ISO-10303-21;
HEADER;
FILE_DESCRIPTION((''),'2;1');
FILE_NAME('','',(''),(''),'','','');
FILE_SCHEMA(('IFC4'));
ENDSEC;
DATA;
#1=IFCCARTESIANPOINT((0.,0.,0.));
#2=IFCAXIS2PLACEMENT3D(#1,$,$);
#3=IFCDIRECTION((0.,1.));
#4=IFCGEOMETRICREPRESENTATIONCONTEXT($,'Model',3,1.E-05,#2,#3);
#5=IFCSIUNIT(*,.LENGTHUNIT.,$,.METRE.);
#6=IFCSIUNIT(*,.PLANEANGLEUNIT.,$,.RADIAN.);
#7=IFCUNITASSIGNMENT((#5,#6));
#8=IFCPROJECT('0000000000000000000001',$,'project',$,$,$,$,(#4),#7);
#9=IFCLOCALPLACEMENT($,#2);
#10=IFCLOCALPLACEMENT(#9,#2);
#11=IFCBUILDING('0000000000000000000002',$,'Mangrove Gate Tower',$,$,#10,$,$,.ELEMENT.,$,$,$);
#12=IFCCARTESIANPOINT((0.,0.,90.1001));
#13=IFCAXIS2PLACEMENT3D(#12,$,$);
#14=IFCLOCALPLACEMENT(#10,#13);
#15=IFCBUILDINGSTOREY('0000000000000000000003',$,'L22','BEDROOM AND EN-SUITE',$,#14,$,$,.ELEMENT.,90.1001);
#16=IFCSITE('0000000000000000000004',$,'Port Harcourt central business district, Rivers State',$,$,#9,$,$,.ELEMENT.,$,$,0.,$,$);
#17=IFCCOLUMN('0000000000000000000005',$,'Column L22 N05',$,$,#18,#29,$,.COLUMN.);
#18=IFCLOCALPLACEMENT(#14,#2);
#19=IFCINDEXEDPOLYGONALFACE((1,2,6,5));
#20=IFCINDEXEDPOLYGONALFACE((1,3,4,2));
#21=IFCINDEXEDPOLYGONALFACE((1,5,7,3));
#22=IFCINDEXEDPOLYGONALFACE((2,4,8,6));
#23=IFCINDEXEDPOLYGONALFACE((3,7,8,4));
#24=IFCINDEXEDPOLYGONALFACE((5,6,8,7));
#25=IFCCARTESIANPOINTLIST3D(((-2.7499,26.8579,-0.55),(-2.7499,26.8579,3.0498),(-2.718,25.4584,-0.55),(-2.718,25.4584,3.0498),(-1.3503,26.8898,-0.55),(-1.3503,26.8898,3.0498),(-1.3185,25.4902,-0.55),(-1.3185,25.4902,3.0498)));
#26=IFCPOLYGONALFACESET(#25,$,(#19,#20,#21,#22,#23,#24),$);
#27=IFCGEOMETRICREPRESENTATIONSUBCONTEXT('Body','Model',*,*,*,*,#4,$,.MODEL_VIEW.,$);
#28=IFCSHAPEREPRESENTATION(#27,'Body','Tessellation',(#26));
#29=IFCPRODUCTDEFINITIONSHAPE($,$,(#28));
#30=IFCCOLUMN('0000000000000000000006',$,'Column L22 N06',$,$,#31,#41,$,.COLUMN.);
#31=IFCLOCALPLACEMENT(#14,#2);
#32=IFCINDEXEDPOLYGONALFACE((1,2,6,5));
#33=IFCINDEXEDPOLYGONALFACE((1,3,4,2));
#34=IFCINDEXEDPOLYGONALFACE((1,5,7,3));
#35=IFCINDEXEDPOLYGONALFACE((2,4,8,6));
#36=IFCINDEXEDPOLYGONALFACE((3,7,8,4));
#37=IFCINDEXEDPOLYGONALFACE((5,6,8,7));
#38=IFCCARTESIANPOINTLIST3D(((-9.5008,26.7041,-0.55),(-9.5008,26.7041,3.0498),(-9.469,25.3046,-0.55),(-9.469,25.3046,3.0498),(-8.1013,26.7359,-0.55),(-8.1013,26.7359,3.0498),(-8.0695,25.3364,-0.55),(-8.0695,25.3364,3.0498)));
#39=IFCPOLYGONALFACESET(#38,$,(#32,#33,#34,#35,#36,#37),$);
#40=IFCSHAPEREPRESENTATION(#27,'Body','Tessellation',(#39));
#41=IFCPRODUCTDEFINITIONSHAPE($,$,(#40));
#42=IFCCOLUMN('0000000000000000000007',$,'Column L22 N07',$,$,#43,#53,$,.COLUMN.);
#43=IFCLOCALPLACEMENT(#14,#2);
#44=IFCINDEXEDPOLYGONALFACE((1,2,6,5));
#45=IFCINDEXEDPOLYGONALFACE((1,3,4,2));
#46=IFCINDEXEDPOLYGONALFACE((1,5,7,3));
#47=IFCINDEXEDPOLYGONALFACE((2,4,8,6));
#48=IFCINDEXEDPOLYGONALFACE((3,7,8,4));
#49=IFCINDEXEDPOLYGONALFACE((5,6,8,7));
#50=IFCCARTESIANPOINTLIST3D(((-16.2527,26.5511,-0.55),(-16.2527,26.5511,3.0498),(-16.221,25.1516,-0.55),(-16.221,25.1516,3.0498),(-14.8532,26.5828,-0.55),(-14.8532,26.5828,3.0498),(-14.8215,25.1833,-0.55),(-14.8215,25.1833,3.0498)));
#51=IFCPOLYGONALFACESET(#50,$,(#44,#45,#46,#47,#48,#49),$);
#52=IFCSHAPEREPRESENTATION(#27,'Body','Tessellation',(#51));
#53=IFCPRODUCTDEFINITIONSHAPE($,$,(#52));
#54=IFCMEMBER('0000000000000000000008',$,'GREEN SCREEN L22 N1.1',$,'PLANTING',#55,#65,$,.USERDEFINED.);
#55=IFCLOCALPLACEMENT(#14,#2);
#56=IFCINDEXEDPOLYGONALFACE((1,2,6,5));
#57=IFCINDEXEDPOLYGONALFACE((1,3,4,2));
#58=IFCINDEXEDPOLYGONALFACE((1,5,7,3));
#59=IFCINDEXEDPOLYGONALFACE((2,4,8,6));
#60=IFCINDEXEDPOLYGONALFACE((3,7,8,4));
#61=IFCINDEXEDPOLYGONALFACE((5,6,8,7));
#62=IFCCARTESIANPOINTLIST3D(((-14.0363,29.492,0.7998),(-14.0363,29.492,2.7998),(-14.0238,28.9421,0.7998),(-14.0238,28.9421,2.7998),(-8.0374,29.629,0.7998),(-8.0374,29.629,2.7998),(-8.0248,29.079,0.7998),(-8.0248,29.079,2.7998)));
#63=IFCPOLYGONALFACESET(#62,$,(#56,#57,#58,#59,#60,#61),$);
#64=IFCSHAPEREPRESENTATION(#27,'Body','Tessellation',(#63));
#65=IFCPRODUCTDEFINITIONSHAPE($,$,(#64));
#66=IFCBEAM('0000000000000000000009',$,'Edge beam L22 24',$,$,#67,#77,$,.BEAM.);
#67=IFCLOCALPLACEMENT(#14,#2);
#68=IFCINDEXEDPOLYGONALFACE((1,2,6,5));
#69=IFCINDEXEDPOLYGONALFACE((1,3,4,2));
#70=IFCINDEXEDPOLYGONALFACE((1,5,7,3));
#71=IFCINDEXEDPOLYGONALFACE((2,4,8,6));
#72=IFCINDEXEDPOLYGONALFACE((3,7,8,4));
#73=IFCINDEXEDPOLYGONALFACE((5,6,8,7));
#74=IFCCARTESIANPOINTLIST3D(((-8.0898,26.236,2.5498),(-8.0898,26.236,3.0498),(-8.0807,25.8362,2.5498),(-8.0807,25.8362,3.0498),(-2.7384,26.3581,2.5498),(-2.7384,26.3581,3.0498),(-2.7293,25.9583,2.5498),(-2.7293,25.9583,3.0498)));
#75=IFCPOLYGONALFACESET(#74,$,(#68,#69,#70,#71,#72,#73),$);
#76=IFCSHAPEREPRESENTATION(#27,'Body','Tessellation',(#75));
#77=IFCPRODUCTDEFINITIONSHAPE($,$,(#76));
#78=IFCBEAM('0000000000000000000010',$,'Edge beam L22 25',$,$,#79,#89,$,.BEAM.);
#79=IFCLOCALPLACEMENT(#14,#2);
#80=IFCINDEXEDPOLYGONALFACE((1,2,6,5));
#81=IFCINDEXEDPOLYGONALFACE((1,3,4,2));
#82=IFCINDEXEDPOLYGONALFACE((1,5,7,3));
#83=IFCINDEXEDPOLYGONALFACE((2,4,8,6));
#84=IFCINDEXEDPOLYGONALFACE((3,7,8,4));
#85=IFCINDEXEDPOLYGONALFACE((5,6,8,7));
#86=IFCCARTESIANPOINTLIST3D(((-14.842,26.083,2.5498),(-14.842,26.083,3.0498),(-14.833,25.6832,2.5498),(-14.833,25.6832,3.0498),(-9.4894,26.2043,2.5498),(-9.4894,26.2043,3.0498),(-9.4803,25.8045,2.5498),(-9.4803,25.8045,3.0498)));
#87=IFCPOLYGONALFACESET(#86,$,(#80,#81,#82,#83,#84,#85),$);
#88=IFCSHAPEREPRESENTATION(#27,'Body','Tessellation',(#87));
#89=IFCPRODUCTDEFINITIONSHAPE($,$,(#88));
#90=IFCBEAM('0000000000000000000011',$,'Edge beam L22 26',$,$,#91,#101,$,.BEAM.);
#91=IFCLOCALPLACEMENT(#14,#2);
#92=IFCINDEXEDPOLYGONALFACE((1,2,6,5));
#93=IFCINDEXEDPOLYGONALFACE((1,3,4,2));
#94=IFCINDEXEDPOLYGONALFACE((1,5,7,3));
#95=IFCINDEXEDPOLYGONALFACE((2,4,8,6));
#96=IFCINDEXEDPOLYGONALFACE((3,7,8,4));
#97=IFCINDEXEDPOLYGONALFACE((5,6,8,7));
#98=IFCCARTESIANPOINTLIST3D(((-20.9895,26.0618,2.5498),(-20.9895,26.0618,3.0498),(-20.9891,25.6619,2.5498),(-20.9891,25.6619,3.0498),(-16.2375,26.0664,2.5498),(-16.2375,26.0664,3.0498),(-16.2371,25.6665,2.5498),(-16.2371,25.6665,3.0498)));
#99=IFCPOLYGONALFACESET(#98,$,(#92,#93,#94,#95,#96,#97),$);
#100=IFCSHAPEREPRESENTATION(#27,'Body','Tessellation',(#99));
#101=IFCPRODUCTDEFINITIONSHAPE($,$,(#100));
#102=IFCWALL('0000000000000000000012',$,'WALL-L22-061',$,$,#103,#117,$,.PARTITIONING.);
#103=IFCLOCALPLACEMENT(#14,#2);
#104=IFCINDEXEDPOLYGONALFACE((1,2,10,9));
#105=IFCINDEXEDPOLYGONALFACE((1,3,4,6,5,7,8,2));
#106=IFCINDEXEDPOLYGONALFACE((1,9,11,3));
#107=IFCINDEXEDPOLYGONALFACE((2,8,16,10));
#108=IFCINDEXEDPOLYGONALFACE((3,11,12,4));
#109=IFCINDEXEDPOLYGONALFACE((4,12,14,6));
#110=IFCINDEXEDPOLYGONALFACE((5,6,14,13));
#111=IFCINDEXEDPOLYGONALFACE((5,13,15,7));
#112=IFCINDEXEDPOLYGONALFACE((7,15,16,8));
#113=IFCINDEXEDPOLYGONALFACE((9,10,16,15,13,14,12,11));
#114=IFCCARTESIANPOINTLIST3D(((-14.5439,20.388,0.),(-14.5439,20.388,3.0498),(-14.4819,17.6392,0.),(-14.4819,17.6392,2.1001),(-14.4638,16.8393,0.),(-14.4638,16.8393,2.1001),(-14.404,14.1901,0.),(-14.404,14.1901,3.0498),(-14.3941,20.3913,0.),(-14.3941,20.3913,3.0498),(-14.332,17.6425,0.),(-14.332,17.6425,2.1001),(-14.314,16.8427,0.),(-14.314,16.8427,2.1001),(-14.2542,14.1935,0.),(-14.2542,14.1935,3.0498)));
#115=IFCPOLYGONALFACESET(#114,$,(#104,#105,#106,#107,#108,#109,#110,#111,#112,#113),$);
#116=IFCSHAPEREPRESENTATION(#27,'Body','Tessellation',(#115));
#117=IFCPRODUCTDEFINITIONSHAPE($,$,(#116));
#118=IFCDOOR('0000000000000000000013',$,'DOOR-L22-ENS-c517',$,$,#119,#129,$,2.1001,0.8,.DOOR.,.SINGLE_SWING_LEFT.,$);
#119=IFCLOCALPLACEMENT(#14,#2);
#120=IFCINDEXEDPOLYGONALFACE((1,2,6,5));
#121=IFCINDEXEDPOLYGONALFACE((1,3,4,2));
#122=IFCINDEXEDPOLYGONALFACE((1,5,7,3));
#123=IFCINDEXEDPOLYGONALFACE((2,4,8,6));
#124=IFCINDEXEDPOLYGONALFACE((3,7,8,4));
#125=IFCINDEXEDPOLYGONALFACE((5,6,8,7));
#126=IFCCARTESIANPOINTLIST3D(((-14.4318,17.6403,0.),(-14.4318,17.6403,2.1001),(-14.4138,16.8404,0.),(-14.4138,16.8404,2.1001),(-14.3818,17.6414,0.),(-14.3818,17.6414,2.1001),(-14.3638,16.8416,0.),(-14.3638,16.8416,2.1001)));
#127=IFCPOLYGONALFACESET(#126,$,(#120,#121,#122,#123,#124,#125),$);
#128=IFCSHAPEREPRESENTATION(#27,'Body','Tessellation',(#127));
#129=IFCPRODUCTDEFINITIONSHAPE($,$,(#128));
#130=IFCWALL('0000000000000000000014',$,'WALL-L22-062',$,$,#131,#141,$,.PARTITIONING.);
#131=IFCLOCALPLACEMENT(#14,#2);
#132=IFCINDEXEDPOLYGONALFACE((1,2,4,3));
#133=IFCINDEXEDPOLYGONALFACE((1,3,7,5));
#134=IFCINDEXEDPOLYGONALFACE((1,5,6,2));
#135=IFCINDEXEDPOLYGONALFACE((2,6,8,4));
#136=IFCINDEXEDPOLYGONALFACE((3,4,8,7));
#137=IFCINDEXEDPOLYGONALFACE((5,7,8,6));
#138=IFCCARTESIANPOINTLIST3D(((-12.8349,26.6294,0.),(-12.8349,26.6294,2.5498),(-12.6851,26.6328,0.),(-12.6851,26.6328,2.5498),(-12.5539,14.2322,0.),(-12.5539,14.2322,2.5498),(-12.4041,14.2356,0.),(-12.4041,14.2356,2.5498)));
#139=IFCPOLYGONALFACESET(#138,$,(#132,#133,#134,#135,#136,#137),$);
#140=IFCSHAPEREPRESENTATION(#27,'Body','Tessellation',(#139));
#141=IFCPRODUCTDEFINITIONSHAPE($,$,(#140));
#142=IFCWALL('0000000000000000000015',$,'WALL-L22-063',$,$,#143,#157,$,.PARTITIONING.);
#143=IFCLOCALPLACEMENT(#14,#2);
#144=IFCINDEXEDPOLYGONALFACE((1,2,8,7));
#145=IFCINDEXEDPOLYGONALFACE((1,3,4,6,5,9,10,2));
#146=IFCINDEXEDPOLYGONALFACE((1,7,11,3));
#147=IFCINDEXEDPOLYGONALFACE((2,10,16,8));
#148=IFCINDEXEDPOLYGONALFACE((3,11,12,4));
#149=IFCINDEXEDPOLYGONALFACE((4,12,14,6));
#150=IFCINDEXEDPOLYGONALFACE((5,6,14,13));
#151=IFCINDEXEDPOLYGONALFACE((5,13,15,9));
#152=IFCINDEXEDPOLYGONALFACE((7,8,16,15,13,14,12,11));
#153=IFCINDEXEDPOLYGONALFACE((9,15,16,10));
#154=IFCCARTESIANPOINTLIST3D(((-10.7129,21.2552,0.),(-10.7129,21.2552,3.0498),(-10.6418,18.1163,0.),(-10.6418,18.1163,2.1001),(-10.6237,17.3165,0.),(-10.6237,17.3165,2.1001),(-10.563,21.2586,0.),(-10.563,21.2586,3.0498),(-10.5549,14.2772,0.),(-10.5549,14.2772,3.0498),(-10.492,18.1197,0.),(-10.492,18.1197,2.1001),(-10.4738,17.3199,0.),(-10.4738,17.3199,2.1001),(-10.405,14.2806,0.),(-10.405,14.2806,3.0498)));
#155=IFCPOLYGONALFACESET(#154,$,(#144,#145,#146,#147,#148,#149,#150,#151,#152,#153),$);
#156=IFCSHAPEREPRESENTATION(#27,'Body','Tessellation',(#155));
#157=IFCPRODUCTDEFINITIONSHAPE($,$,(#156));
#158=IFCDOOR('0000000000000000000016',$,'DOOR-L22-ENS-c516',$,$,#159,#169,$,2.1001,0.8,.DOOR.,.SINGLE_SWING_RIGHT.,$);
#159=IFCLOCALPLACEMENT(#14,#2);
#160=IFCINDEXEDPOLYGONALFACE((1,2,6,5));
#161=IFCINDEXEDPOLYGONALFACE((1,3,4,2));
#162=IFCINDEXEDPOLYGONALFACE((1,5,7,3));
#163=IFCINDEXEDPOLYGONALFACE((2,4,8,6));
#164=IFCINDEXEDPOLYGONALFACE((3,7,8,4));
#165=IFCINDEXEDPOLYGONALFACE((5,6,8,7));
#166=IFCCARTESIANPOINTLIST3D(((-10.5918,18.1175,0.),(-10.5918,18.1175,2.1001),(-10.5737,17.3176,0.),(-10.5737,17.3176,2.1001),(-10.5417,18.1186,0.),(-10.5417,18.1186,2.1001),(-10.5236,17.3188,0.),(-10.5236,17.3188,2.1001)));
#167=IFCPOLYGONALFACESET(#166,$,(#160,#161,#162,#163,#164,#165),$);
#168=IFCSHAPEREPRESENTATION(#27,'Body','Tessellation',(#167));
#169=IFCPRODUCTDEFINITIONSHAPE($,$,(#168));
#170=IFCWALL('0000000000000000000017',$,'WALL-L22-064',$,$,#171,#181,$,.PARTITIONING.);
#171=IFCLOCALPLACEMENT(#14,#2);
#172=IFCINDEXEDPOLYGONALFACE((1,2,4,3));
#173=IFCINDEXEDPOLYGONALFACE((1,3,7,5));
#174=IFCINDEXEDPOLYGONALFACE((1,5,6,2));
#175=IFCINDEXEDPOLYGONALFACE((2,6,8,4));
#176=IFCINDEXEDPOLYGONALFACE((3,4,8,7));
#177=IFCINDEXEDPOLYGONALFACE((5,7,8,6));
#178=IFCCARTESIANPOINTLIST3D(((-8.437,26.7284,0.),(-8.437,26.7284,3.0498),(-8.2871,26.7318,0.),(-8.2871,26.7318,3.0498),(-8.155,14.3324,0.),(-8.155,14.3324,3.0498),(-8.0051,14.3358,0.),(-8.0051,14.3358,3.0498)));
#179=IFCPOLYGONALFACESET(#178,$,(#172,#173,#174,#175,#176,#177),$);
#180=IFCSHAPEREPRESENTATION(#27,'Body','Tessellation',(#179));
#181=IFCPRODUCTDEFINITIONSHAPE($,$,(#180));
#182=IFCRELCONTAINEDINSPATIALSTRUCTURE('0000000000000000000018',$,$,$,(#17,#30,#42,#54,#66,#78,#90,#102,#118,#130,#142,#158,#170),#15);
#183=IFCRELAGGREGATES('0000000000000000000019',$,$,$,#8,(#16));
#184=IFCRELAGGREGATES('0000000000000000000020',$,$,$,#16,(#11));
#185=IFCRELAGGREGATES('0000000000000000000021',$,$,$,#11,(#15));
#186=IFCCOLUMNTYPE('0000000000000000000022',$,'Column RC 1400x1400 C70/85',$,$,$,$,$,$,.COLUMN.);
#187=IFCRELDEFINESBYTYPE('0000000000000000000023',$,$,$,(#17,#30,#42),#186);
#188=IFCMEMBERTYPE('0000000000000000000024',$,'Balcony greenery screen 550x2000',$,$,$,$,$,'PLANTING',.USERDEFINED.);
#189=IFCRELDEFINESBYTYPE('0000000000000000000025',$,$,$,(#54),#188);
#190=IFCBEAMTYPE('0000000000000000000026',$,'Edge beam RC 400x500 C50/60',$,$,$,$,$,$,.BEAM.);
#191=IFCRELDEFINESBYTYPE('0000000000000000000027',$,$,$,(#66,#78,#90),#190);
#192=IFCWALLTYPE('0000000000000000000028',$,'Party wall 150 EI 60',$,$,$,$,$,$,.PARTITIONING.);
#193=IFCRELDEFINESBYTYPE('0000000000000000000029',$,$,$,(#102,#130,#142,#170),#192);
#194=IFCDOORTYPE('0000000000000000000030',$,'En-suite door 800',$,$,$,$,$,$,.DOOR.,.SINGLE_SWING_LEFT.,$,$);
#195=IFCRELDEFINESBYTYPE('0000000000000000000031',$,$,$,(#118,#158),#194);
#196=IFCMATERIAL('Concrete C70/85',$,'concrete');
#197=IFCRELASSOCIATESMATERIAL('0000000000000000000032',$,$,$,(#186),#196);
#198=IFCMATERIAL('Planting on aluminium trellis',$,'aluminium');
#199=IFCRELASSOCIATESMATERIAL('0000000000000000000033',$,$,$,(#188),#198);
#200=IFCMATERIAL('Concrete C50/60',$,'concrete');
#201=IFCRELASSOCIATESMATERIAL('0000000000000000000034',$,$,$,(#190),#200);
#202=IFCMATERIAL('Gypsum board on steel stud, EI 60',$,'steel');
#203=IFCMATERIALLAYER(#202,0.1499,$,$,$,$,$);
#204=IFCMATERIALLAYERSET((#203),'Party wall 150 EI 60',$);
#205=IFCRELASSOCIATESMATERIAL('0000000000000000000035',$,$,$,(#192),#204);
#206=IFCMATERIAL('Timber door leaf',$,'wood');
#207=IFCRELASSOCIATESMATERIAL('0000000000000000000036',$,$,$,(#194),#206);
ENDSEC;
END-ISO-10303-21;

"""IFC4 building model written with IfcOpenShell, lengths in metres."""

from ifc_helpers import new_model, si_unit, direction, frame, frame_2d, origin, origin_2d, place, context, subcontext, project, spatial, rectangle, extrude, material, layer, layer_set, material_profile, profile_set, type_object, element, fill, save


model = new_model("IFC4")

# Units and contexts
model_context = context("Model", 3, precision=1e-05, world=origin(), true_north=direction((0.0, 1.0)))
body_context = subcontext(model_context, "Body", "Model", "MODEL_VIEW")
ifc_project = project(units=[si_unit("LENGTHUNIT", "METRE"), si_unit("PLANEANGLEUNIT", "RADIAN")], contexts=[model_context])

# Site, building, storey
site_placement = place(None, origin())
site = spatial("IfcSite", under=ifc_project, at=site_placement, Name="Port Harcourt central business district, Rivers State", CompositionType="ELEMENT", RefElevation=0.0)
building_placement = place(site_placement, origin())
building = spatial("IfcBuilding", under=site, at=building_placement, Name="Mangrove Gate Tower", CompositionType="ELEMENT")
storey_placement = place(building_placement, frame((0.0, 0.0, 90.1001)))
storey = spatial("IfcBuildingStorey", under=building, at=storey_placement, Name="L22", Description="BEDROOM AND EN-SUITE", CompositionType="ELEMENT", Elevation=90.1001)

# Columns
ifc_material_1 = material(Name="Concrete C70/85", Category="concrete")
ifc_material_profile_1 = material_profile(ifc_material_1, rectangle(XDim=1.3999, YDim=1.3999, at=origin_2d()))
ifc_profile_set_1 = profile_set([ifc_material_profile_1], Name="Concrete C70/85")
column_type = type_object("IfcColumnType", Name="Column RC 1400x1400 C70/85", PredefinedType="COLUMN", material=ifc_profile_set_1)
for number, where, z_axis, x_axis, name in (
    (1, (-2.0342, 26.1741, -0.55), (0.0, 0.0, 1.0), (-0.999742, -0.02273, 0.0), "Column L22 N05"),
    (2, (-8.7852, 26.0203, -0.55), (0.0, 0.0, 1.0), (-0.999742, -0.02273, 0.0), "Column L22 N06"),
    (3, (-15.5371, 25.8672, -0.55), (0.0, 0.0, 1.0), (-0.999743, -0.022656, 0.0), "Column L22 N07"),
):
    element("IfcColumn", number, at=place(storey_placement, frame(where, z_axis=z_axis, x_axis=x_axis)), inside=storey, type_object=column_type, Name=name, PredefinedType="COLUMN", context=body_context, shape_type="SweptSolid", body=[
        extrude(rectangle(XDim=1.3999, YDim=1.3999, at=origin_2d()), origin(), (0.0, 0.0, 1.0), 3.5999),
    ])

# Member
ifc_material_2 = material(Name="Planting on aluminium trellis", Category="aluminium")
ifc_material_profile_2 = material_profile(ifc_material_2, rectangle(XDim=0.55, YDim=2.0, at=origin_2d()))
ifc_profile_set_2 = profile_set([ifc_material_profile_2], Name="Planting on aluminium trellis")
member_type = type_object("IfcMemberType", Name="Balcony greenery screen 550x2000", ElementType="PLANTING", PredefinedType="USERDEFINED", material=ifc_profile_set_2)
member_placement = place(storey_placement, frame((-14.03, 29.217, 1.7998), z_axis=(0.999739, 0.022825, 0.0), x_axis=(-0.022825, 0.999739, 0.0)))
element("IfcMember", 4, at=member_placement, inside=storey, type_object=member_type, Name="GREEN SCREEN L22 N1.1", ObjectType="PLANTING", PredefinedType="USERDEFINED", context=body_context, shape_type="SweptSolid", body=[
    extrude(rectangle(XDim=0.55, YDim=2.0, at=origin_2d()), origin(), (0.0, 0.0, 1.0), 6.0005),
])

# Beams
ifc_material_3 = material(Name="Concrete C50/60", Category="concrete")
ifc_material_profile_3 = material_profile(ifc_material_3, rectangle(XDim=0.3999, YDim=0.5, at=origin_2d()))
ifc_profile_set_3 = profile_set([ifc_material_profile_3], Name="Concrete C50/60")
beam_type = type_object("IfcBeamType", Name="Edge beam RC 400x500 C50/60", PredefinedType="BEAM", material=ifc_profile_set_3)
beam_1_placement = place(storey_placement, frame((-2.7339, 26.1582, 2.7998), z_axis=(-0.99974, -0.022805, 0.0), x_axis=(0.022805, -0.99974, 0.0)))
element("IfcBeam", 5, at=beam_1_placement, inside=storey, type_object=beam_type, Name="Edge beam L22 24", PredefinedType="BEAM", context=body_context, shape_type="SweptSolid", body=[
    extrude(rectangle(XDim=0.3999, YDim=0.5, at=origin_2d()), origin(), (0.0, 0.0, 1.0), 5.3528),
])
beam_2_placement = place(storey_placement, frame((-9.4849, 26.0044, 2.7998), z_axis=(-0.999743, -0.022663, 0.0), x_axis=(0.022663, -0.999743, 0.0)))
element("IfcBeam", 6, at=beam_2_placement, inside=storey, type_object=beam_type, Name="Edge beam L22 25", PredefinedType="BEAM", context=body_context, shape_type="SweptSolid", body=[
    extrude(rectangle(XDim=0.3999, YDim=0.5, at=origin_2d()), origin(), (0.0, 0.0, 1.0), 5.354),
])
beam_3_placement = place(storey_placement, frame((-16.2373, 25.8665, 2.7998), z_axis=(-1.0, -0.000976, 0.0), x_axis=(0.000976, -1.0, 0.0)))
element("IfcBeam", 7, at=beam_3_placement, inside=storey, type_object=beam_type, Name="Edge beam L22 26", PredefinedType="BEAM", context=body_context, shape_type="SweptSolid", body=[
    extrude(rectangle(XDim=0.3999, YDim=0.5, at=origin_2d()), origin(), (0.0, 0.0, 1.0), 4.752),
])

# Wall, opening, door
ifc_material_4 = material(Name="Gypsum board on steel stud, EI 60", Category="steel")
ifc_layer_1 = layer(ifc_material_4, 0.1499)
ifc_layer_set_1 = layer_set([ifc_layer_1], Name="Party wall 150 EI 60")
wall_type_1 = type_object("IfcWallType", Name="Party wall 150 EI 60", PredefinedType="PARTITIONING", material=ifc_layer_set_1)
wall_1_placement = place(storey_placement, frame((-14.3291, 14.1919, 0.0), z_axis=(0.0, 0.0, 1.0), x_axis=(-0.022565, 0.999745, 0.0)))
wall_1 = element("IfcWall", 8, at=wall_1_placement, inside=storey, type_object=wall_type_1, Name="WALL-L22-061", PredefinedType="PARTITIONING", context=body_context, shape_type="SweptSolid", body=[
    extrude(rectangle(XDim=6.1995, YDim=0.1499, at=frame_2d((3.0996, 0.0))), origin(), (0.0, 0.0, 1.0), 3.0498),
])
opening_1_placement = place(wall_1_placement, frame((2.6499, 0.0, 0.0)))
opening_1 = element("IfcOpeningElement", 9, at=opening_1_placement, cuts=wall_1, PredefinedType="OPENING", context=body_context, shape_type="SweptSolid", body=[
    extrude(rectangle(XDim=0.8, YDim=2.1001, at=frame_2d((0.3999, 1.05))), frame((0.0, 0.085, 0.0), z_axis=(0.0, -1.0, 0.0), x_axis=(1.0, 0.0, 0.0)), (0.0, 0.0, 1.0), 0.1699),
])
ifc_material_5 = material(Name="Timber door leaf", Category="wood")
door_type = type_object("IfcDoorType", Name="En-suite door 800", OperationType="SINGLE_SWING_LEFT", PredefinedType="DOOR", material=ifc_material_5)
door_1_placement = place(opening_1_placement, origin())
door_1 = element("IfcDoor", 10, at=door_1_placement, inside=storey, type_object=door_type, Name="DOOR-L22-ENS-c517", OperationType="SINGLE_SWING_LEFT", OverallHeight=2.1001, OverallWidth=0.8, PredefinedType="DOOR", context=body_context, shape_type="SweptSolid", body=[
    extrude(rectangle(XDim=0.8, YDim=2.1001, at=frame_2d((0.3999, 1.05))), frame((0.0, 0.0249, 0.0), z_axis=(0.0, -1.0, 0.0), x_axis=(1.0, 0.0, 0.0)), (0.0, 0.0, 1.0), 0.05),
])
fill(opening_1, door_1)

# Wall
wall_2_placement = place(storey_placement, frame((-12.479, 14.2339, 0.0), z_axis=(0.0, 0.0, 1.0), x_axis=(-0.022661, 0.999743, 0.0)))
element("IfcWall", 11, at=wall_2_placement, inside=storey, type_object=wall_type_1, Name="WALL-L22-062", PredefinedType="PARTITIONING", context=body_context, shape_type="SweptSolid", body=[
    extrude(rectangle(XDim=12.4004, YDim=0.1499, at=frame_2d((6.2002, 0.0))), origin(), (0.0, 0.0, 1.0), 2.5498),
])

# Wall, opening, door
wall_3_placement = place(storey_placement, frame((-10.48, 14.2791, 0.0), z_axis=(0.0, 0.0, 1.0), x_axis=(-0.022631, 0.999744, 0.0)))
wall_3 = element("IfcWall", 12, at=wall_3_placement, inside=storey, type_object=wall_type_1, Name="WALL-L22-063", PredefinedType="PARTITIONING", context=body_context, shape_type="SweptSolid", body=[
    extrude(rectangle(XDim=6.9797, YDim=0.1499, at=frame_2d((3.4897, 0.0))), origin(), (0.0, 0.0, 1.0), 3.0498),
])
opening_2_placement = place(wall_3_placement, frame((3.04, 0.0, 0.0)))
opening_2 = element("IfcOpeningElement", 13, at=opening_2_placement, cuts=wall_3, PredefinedType="OPENING", context=body_context, shape_type="SweptSolid", body=[
    extrude(rectangle(XDim=0.8, YDim=2.1001, at=frame_2d((0.3999, 1.05))), frame((0.0, 0.085, 0.0), z_axis=(0.0, -1.0, 0.0), x_axis=(1.0, 0.0, 0.0)), (0.0, 0.0, 1.0), 0.1699),
])
door_2_placement = place(opening_2_placement, origin())
door_2 = element("IfcDoor", 14, at=door_2_placement, inside=storey, type_object=door_type, Name="DOOR-L22-ENS-c516", OperationType="SINGLE_SWING_RIGHT", OverallHeight=2.1001, OverallWidth=0.8, PredefinedType="DOOR", context=body_context, shape_type="SweptSolid", body=[
    extrude(rectangle(XDim=0.8, YDim=2.1001, at=frame_2d((0.3999, 1.05))), frame((0.0, 0.0249, 0.0), z_axis=(0.0, -1.0, 0.0), x_axis=(1.0, 0.0, 0.0)), (0.0, 0.0, 1.0), 0.05),
])
fill(opening_2, door_2)

# Wall
wall_4_placement = place(storey_placement, frame((-8.0801, 14.334, 0.0), z_axis=(0.0, 0.0, 1.0), x_axis=(-0.022742, 0.999741, 0.0)))
element("IfcWall", 15, at=wall_4_placement, inside=storey, type_object=wall_type_1, Name="WALL-L22-064", PredefinedType="PARTITIONING", context=body_context, shape_type="SweptSolid", body=[
    extrude(rectangle(XDim=12.3992, YDim=0.1499, at=frame_2d((6.1997, 0.0))), origin(), (0.0, 0.0, 1.0), 3.0498),
])

save(model, "model.ifc")
